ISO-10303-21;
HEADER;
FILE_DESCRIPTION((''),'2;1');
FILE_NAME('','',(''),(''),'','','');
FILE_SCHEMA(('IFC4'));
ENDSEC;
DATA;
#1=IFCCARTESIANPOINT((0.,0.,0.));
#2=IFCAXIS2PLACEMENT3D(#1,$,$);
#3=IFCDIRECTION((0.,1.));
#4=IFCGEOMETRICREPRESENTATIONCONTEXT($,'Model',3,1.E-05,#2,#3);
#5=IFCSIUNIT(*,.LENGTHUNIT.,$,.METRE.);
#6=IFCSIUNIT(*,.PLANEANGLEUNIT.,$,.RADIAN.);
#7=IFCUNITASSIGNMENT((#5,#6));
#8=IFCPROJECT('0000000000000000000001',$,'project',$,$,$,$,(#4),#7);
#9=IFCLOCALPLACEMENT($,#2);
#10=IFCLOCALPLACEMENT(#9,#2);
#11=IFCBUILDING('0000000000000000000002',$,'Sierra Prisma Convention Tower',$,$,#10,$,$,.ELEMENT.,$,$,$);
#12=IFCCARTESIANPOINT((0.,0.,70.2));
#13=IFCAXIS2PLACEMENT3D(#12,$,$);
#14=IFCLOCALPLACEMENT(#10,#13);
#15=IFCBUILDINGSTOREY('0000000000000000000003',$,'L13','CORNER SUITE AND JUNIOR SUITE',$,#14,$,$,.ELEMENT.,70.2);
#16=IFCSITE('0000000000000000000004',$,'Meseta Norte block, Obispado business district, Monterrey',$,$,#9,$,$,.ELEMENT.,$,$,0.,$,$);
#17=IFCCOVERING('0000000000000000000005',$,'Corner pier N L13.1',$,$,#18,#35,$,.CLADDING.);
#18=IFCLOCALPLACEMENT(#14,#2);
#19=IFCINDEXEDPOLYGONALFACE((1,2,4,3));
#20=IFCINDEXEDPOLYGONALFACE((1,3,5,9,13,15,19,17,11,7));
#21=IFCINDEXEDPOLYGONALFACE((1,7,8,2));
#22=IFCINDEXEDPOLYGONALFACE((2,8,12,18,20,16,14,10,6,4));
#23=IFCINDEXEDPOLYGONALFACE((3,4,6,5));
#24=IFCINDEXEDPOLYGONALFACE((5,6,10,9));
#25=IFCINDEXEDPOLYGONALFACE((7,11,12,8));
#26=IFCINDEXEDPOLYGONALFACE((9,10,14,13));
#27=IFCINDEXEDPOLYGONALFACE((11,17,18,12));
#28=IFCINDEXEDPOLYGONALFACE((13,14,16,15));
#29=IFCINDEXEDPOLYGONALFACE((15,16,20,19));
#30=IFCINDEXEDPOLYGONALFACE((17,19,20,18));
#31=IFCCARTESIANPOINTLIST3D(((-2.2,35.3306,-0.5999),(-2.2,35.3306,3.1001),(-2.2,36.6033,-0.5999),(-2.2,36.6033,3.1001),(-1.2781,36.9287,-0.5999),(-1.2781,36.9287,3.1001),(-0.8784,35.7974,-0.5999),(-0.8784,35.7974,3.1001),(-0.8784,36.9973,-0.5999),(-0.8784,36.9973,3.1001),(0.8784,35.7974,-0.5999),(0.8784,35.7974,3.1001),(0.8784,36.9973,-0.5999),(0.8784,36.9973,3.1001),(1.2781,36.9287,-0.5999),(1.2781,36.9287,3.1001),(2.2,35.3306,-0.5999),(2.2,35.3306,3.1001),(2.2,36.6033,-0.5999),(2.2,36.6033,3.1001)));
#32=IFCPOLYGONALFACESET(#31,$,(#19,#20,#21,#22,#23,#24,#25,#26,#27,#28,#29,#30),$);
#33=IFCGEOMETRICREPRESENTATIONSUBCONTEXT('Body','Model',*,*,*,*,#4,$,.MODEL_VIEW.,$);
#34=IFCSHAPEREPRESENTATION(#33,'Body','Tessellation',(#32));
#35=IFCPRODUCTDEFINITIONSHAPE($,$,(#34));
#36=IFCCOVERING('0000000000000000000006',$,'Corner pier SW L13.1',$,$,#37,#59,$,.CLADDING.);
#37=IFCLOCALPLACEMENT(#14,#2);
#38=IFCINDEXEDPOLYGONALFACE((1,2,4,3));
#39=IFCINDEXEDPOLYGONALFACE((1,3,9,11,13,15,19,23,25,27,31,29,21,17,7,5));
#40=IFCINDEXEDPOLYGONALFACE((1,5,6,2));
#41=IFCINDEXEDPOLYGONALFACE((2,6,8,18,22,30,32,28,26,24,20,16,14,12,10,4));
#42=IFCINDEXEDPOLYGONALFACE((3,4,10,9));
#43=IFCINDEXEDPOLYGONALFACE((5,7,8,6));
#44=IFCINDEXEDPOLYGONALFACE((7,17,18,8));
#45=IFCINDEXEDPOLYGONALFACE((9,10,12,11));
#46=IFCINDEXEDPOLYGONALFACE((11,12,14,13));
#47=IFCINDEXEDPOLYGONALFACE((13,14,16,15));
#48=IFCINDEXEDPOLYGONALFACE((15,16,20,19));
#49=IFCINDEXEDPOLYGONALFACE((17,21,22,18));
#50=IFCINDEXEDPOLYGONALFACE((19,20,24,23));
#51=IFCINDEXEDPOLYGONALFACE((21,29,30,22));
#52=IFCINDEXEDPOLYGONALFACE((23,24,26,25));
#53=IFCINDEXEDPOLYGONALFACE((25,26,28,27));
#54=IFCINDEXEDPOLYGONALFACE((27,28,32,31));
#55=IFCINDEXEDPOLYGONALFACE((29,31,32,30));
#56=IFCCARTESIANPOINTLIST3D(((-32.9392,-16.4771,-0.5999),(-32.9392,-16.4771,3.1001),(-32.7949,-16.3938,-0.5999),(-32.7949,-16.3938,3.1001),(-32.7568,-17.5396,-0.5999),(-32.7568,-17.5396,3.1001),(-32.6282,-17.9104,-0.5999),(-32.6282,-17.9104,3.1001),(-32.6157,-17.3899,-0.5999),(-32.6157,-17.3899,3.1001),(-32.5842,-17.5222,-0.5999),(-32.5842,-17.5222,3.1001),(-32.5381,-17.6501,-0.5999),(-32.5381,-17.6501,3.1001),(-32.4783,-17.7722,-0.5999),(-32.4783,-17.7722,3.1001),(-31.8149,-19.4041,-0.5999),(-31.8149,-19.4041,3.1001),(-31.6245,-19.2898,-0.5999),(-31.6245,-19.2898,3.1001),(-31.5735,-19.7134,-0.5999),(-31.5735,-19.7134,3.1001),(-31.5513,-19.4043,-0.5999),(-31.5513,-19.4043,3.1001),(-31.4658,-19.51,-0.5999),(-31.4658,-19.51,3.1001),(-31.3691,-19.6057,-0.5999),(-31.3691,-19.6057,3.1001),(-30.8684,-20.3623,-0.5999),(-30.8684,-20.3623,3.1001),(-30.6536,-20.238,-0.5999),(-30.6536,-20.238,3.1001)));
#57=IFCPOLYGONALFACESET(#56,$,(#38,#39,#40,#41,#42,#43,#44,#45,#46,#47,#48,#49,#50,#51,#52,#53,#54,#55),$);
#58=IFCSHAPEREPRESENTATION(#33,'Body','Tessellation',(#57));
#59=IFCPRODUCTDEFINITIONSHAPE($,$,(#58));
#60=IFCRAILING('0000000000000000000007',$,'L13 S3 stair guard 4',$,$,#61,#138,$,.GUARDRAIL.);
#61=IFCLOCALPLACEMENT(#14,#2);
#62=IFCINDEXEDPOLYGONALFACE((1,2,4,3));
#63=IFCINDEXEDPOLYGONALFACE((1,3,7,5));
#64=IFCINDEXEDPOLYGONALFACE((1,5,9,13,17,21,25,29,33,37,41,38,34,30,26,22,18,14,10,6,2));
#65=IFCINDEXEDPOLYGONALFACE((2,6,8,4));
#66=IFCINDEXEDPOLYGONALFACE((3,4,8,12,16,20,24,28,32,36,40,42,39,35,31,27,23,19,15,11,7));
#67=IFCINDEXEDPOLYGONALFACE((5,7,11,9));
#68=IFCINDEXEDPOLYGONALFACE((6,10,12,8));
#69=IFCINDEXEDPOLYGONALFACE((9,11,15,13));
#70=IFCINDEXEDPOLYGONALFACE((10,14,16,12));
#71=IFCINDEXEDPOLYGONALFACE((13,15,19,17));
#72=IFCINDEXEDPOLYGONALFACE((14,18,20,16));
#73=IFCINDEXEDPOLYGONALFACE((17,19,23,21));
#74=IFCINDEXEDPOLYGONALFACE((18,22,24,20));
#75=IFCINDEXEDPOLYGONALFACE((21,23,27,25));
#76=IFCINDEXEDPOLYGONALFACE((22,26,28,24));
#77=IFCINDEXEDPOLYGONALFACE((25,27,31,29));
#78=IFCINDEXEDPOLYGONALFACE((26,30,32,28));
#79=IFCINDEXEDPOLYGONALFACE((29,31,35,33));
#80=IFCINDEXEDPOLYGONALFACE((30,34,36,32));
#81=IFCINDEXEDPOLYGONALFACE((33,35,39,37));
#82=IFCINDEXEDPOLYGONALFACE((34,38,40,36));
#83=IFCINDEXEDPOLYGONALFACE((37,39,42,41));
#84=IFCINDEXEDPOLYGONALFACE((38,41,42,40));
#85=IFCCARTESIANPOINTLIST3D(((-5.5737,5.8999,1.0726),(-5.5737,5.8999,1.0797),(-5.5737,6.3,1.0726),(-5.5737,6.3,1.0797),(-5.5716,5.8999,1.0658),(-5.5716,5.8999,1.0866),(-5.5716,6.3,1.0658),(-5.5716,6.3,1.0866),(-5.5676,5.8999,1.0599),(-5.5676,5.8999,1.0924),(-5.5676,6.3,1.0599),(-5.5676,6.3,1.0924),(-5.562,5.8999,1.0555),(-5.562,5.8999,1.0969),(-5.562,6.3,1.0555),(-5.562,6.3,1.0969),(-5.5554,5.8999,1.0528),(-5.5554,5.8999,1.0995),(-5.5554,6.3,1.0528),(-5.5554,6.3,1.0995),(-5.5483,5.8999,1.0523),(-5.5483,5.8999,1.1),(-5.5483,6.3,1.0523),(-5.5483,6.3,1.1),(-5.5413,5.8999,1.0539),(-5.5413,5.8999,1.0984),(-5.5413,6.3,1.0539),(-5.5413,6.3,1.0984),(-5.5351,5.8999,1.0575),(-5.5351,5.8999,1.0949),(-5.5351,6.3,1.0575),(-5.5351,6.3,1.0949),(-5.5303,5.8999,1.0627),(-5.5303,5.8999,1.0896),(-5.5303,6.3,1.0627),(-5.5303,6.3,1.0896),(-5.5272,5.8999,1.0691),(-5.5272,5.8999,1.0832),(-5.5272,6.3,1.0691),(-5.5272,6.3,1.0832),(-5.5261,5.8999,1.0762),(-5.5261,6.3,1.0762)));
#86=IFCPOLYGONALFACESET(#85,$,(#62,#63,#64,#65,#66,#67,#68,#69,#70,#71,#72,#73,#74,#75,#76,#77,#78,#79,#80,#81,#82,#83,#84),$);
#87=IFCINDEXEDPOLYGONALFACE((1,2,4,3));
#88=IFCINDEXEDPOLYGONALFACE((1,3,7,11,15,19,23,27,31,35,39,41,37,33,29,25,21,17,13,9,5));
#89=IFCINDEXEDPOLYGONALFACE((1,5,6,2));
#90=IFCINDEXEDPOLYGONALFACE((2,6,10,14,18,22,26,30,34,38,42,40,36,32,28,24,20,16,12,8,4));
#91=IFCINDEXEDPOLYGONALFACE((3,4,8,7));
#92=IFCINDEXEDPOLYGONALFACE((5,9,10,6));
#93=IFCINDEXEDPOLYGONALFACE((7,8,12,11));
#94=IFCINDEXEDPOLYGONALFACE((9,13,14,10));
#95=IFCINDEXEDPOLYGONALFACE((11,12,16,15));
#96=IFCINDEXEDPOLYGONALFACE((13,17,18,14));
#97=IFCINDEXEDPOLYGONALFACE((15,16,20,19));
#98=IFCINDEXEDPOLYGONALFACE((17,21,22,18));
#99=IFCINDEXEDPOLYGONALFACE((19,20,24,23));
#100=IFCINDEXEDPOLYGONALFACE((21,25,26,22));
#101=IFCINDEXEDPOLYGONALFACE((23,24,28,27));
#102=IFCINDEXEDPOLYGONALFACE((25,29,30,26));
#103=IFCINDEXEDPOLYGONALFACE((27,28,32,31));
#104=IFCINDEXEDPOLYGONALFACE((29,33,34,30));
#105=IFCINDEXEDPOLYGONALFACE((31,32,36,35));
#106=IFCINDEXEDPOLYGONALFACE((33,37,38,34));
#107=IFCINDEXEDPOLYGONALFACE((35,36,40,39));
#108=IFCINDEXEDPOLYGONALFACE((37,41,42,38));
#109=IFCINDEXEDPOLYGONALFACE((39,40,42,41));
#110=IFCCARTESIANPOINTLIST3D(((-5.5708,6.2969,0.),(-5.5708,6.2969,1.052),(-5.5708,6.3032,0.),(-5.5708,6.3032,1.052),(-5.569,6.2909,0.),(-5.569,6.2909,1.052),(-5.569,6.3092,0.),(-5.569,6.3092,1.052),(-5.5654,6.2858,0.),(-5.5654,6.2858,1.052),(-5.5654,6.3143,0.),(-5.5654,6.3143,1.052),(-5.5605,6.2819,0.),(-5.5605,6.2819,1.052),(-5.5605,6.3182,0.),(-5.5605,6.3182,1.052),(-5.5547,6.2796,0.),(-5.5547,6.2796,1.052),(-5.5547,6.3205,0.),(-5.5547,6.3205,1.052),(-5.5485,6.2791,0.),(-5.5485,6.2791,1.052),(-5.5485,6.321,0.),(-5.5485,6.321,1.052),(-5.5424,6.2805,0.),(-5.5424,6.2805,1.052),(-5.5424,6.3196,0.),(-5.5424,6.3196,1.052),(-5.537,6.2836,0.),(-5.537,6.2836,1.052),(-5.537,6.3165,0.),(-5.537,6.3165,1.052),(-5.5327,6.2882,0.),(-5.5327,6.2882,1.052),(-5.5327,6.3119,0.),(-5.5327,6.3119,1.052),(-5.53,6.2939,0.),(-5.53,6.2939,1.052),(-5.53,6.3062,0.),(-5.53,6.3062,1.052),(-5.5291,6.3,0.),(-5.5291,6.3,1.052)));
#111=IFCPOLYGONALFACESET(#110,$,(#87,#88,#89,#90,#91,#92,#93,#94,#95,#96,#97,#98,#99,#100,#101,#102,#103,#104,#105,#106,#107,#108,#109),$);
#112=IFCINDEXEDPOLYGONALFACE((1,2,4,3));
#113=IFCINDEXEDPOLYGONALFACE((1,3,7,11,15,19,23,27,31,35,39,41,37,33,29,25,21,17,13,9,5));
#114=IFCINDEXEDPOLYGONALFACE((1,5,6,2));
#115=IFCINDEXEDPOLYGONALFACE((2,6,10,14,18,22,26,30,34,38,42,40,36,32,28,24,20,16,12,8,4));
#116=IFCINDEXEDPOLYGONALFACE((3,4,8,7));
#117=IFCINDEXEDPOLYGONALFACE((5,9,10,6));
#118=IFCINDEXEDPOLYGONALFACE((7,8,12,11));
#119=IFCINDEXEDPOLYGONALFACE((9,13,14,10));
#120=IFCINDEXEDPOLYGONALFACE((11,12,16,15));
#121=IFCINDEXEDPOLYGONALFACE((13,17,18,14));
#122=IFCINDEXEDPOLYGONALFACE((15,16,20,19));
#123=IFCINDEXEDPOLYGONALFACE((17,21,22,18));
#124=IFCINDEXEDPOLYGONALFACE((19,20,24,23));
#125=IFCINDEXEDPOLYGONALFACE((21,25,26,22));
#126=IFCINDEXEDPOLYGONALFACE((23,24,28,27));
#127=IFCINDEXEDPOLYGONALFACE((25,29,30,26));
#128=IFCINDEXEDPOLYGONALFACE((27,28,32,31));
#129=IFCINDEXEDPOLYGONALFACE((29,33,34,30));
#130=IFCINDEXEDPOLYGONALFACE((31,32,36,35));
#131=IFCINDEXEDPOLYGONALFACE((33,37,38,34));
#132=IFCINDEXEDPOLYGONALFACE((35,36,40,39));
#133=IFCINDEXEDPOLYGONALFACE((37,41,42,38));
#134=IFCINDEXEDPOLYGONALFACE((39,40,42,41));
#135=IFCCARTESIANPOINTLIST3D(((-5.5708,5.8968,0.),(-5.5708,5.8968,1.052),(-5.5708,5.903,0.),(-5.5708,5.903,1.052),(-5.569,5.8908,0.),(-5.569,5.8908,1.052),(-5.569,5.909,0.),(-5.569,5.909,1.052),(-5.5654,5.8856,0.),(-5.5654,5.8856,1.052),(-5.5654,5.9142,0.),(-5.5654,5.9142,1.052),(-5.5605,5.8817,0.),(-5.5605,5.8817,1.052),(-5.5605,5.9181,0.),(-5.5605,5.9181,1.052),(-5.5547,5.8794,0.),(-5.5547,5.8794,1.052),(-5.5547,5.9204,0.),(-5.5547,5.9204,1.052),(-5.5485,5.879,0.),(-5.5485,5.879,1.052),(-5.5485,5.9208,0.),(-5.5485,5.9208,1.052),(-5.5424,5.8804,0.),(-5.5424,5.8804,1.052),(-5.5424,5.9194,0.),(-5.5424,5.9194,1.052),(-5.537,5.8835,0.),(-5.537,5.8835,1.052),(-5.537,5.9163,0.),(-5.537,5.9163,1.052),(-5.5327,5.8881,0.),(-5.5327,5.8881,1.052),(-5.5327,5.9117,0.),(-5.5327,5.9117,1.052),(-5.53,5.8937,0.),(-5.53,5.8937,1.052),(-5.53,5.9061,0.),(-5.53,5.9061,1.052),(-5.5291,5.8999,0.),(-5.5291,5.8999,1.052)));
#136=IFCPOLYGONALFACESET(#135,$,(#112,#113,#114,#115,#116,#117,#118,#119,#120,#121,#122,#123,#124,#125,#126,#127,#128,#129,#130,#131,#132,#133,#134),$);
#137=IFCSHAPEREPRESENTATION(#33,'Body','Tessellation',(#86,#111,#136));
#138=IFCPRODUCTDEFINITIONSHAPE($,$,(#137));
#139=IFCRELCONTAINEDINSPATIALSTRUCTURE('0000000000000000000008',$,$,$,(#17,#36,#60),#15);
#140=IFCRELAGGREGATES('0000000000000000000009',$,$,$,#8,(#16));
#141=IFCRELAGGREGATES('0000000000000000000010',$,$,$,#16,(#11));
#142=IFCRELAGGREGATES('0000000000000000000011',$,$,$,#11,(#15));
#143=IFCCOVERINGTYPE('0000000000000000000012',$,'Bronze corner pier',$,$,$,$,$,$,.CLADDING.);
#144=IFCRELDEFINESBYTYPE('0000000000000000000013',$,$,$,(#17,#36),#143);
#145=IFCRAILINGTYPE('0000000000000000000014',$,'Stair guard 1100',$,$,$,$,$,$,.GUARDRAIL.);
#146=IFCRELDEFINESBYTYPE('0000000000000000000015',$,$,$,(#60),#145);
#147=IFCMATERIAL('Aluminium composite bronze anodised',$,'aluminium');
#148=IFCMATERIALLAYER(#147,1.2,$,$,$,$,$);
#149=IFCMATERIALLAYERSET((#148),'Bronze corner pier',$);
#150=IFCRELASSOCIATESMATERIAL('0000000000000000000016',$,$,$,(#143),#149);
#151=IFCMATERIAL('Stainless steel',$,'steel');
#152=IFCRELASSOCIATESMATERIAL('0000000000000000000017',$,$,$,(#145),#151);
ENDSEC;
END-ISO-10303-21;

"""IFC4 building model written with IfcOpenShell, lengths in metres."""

from ifc_helpers import new_model, si_unit, direction, frame, origin, origin_2d, place, context, subcontext, project, spatial, polyline, circle, outline, extrude, material, layer, layer_set, type_object, element, save


model = new_model("IFC4")

# Units and contexts
model_context = context("Model", 3, precision=1e-05, world=origin(), true_north=direction((0.0, 1.0)))
body_context = subcontext(model_context, "Body", "Model", "MODEL_VIEW")
ifc_project = project(units=[si_unit("LENGTHUNIT", "METRE"), si_unit("PLANEANGLEUNIT", "RADIAN")], contexts=[model_context])

# Site, building, storey
site_placement = place(None, origin())
site = spatial("IfcSite", under=ifc_project, at=site_placement, Name="Meseta Norte block, Obispado business district, Monterrey", CompositionType="ELEMENT", RefElevation=0.0)
building_placement = place(site_placement, origin())
building = spatial("IfcBuilding", under=site, at=building_placement, Name="Sierra Prisma Convention Tower", CompositionType="ELEMENT")
storey_placement = place(building_placement, frame((0.0, 0.0, 70.2)))
storey = spatial("IfcBuildingStorey", under=building, at=storey_placement, Name="L13", Description="CORNER SUITE AND JUNIOR SUITE", CompositionType="ELEMENT", Elevation=70.2)

# Coverings
ifc_material_1 = material(Name="Aluminium composite bronze anodised", Category="aluminium")
ifc_layer_1 = layer(ifc_material_1, 1.2)
ifc_layer_set_1 = layer_set([ifc_layer_1], Name="Bronze corner pier")
covering_type = type_object("IfcCoveringType", Name="Bronze corner pier", PredefinedType="CLADDING", material=ifc_layer_set_1)
covering_1_placement = place(storey_placement, frame((0.0, 0.0, -0.5999)))
element("IfcCovering", 1, at=covering_1_placement, inside=storey, type_object=covering_type, Name="Corner pier N L13.1", PredefinedType="CLADDING", context=body_context, shape_type="SweptSolid", body=[
    extrude(outline(polyline([(-0.8784, 36.9973), (0.8784, 36.9973), (1.2781, 36.9287), (2.2, 36.6033), (2.2, 35.3306), (0.8784, 35.7974), (-0.8784, 35.7974), (-2.2, 35.3306), (-2.2, 36.6033), (-1.2781, 36.9287), (-0.8784, 36.9973)])), origin(), (0.0, 0.0, 1.0), 3.7),
])
covering_2_placement = place(storey_placement, frame((0.0, 0.0, -0.5999)))
element("IfcCovering", 2, at=covering_2_placement, inside=storey, type_object=covering_type, Name="Corner pier SW L13.1", PredefinedType="CLADDING", context=body_context, shape_type="SweptSolid", body=[
    extrude(outline(polyline([(-31.8149, -19.4041), (-32.6282, -17.9104), (-32.7568, -17.5396), (-32.9392, -16.4771), (-32.7949, -16.3938), (-32.6157, -17.3899), (-32.5842, -17.5222), (-32.5381, -17.6501), (-32.4783, -17.7722), (-31.6245, -19.2898), (-31.5513, -19.4043), (-31.4658, -19.51), (-31.3691, -19.6057), (-30.6536, -20.238), (-30.8684, -20.3623), (-31.5735, -19.7134), (-31.8149, -19.4041)])), origin(), (0.0, 0.0, 1.0), 3.7),
])

# Railing
ifc_material_2 = material(Name="Stainless steel", Category="steel")
railing_type = type_object("IfcRailingType", Name="Stair guard 1100", PredefinedType="GUARDRAIL", material=ifc_material_2)
railing_placement = place(storey_placement, frame((-5.55, 6.3, 0.0)))
element("IfcRailing", 3, at=railing_placement, inside=storey, type_object=railing_type, Name="L13 S3 stair guard 4", PredefinedType="GUARDRAIL", context=body_context, shape_type="SweptSolid", body=[
    extrude(circle(Radius=0.0239, at=origin_2d()), frame((0.0, 0.0, 1.0762), z_axis=(0.0, -1.0, 0.0), x_axis=(1.0, 0.0, 0.0)), (0.0, 0.0, 1.0), 0.4001),
    extrude(circle(Radius=0.021, at=origin_2d()), origin(), (0.0, 0.0, 1.0), 1.052),
    extrude(circle(Radius=0.021, at=origin_2d()), frame((0.0, -0.4001, 0.0)), (0.0, 0.0, 1.0), 1.052),
])

save(model, "model.ifc")
